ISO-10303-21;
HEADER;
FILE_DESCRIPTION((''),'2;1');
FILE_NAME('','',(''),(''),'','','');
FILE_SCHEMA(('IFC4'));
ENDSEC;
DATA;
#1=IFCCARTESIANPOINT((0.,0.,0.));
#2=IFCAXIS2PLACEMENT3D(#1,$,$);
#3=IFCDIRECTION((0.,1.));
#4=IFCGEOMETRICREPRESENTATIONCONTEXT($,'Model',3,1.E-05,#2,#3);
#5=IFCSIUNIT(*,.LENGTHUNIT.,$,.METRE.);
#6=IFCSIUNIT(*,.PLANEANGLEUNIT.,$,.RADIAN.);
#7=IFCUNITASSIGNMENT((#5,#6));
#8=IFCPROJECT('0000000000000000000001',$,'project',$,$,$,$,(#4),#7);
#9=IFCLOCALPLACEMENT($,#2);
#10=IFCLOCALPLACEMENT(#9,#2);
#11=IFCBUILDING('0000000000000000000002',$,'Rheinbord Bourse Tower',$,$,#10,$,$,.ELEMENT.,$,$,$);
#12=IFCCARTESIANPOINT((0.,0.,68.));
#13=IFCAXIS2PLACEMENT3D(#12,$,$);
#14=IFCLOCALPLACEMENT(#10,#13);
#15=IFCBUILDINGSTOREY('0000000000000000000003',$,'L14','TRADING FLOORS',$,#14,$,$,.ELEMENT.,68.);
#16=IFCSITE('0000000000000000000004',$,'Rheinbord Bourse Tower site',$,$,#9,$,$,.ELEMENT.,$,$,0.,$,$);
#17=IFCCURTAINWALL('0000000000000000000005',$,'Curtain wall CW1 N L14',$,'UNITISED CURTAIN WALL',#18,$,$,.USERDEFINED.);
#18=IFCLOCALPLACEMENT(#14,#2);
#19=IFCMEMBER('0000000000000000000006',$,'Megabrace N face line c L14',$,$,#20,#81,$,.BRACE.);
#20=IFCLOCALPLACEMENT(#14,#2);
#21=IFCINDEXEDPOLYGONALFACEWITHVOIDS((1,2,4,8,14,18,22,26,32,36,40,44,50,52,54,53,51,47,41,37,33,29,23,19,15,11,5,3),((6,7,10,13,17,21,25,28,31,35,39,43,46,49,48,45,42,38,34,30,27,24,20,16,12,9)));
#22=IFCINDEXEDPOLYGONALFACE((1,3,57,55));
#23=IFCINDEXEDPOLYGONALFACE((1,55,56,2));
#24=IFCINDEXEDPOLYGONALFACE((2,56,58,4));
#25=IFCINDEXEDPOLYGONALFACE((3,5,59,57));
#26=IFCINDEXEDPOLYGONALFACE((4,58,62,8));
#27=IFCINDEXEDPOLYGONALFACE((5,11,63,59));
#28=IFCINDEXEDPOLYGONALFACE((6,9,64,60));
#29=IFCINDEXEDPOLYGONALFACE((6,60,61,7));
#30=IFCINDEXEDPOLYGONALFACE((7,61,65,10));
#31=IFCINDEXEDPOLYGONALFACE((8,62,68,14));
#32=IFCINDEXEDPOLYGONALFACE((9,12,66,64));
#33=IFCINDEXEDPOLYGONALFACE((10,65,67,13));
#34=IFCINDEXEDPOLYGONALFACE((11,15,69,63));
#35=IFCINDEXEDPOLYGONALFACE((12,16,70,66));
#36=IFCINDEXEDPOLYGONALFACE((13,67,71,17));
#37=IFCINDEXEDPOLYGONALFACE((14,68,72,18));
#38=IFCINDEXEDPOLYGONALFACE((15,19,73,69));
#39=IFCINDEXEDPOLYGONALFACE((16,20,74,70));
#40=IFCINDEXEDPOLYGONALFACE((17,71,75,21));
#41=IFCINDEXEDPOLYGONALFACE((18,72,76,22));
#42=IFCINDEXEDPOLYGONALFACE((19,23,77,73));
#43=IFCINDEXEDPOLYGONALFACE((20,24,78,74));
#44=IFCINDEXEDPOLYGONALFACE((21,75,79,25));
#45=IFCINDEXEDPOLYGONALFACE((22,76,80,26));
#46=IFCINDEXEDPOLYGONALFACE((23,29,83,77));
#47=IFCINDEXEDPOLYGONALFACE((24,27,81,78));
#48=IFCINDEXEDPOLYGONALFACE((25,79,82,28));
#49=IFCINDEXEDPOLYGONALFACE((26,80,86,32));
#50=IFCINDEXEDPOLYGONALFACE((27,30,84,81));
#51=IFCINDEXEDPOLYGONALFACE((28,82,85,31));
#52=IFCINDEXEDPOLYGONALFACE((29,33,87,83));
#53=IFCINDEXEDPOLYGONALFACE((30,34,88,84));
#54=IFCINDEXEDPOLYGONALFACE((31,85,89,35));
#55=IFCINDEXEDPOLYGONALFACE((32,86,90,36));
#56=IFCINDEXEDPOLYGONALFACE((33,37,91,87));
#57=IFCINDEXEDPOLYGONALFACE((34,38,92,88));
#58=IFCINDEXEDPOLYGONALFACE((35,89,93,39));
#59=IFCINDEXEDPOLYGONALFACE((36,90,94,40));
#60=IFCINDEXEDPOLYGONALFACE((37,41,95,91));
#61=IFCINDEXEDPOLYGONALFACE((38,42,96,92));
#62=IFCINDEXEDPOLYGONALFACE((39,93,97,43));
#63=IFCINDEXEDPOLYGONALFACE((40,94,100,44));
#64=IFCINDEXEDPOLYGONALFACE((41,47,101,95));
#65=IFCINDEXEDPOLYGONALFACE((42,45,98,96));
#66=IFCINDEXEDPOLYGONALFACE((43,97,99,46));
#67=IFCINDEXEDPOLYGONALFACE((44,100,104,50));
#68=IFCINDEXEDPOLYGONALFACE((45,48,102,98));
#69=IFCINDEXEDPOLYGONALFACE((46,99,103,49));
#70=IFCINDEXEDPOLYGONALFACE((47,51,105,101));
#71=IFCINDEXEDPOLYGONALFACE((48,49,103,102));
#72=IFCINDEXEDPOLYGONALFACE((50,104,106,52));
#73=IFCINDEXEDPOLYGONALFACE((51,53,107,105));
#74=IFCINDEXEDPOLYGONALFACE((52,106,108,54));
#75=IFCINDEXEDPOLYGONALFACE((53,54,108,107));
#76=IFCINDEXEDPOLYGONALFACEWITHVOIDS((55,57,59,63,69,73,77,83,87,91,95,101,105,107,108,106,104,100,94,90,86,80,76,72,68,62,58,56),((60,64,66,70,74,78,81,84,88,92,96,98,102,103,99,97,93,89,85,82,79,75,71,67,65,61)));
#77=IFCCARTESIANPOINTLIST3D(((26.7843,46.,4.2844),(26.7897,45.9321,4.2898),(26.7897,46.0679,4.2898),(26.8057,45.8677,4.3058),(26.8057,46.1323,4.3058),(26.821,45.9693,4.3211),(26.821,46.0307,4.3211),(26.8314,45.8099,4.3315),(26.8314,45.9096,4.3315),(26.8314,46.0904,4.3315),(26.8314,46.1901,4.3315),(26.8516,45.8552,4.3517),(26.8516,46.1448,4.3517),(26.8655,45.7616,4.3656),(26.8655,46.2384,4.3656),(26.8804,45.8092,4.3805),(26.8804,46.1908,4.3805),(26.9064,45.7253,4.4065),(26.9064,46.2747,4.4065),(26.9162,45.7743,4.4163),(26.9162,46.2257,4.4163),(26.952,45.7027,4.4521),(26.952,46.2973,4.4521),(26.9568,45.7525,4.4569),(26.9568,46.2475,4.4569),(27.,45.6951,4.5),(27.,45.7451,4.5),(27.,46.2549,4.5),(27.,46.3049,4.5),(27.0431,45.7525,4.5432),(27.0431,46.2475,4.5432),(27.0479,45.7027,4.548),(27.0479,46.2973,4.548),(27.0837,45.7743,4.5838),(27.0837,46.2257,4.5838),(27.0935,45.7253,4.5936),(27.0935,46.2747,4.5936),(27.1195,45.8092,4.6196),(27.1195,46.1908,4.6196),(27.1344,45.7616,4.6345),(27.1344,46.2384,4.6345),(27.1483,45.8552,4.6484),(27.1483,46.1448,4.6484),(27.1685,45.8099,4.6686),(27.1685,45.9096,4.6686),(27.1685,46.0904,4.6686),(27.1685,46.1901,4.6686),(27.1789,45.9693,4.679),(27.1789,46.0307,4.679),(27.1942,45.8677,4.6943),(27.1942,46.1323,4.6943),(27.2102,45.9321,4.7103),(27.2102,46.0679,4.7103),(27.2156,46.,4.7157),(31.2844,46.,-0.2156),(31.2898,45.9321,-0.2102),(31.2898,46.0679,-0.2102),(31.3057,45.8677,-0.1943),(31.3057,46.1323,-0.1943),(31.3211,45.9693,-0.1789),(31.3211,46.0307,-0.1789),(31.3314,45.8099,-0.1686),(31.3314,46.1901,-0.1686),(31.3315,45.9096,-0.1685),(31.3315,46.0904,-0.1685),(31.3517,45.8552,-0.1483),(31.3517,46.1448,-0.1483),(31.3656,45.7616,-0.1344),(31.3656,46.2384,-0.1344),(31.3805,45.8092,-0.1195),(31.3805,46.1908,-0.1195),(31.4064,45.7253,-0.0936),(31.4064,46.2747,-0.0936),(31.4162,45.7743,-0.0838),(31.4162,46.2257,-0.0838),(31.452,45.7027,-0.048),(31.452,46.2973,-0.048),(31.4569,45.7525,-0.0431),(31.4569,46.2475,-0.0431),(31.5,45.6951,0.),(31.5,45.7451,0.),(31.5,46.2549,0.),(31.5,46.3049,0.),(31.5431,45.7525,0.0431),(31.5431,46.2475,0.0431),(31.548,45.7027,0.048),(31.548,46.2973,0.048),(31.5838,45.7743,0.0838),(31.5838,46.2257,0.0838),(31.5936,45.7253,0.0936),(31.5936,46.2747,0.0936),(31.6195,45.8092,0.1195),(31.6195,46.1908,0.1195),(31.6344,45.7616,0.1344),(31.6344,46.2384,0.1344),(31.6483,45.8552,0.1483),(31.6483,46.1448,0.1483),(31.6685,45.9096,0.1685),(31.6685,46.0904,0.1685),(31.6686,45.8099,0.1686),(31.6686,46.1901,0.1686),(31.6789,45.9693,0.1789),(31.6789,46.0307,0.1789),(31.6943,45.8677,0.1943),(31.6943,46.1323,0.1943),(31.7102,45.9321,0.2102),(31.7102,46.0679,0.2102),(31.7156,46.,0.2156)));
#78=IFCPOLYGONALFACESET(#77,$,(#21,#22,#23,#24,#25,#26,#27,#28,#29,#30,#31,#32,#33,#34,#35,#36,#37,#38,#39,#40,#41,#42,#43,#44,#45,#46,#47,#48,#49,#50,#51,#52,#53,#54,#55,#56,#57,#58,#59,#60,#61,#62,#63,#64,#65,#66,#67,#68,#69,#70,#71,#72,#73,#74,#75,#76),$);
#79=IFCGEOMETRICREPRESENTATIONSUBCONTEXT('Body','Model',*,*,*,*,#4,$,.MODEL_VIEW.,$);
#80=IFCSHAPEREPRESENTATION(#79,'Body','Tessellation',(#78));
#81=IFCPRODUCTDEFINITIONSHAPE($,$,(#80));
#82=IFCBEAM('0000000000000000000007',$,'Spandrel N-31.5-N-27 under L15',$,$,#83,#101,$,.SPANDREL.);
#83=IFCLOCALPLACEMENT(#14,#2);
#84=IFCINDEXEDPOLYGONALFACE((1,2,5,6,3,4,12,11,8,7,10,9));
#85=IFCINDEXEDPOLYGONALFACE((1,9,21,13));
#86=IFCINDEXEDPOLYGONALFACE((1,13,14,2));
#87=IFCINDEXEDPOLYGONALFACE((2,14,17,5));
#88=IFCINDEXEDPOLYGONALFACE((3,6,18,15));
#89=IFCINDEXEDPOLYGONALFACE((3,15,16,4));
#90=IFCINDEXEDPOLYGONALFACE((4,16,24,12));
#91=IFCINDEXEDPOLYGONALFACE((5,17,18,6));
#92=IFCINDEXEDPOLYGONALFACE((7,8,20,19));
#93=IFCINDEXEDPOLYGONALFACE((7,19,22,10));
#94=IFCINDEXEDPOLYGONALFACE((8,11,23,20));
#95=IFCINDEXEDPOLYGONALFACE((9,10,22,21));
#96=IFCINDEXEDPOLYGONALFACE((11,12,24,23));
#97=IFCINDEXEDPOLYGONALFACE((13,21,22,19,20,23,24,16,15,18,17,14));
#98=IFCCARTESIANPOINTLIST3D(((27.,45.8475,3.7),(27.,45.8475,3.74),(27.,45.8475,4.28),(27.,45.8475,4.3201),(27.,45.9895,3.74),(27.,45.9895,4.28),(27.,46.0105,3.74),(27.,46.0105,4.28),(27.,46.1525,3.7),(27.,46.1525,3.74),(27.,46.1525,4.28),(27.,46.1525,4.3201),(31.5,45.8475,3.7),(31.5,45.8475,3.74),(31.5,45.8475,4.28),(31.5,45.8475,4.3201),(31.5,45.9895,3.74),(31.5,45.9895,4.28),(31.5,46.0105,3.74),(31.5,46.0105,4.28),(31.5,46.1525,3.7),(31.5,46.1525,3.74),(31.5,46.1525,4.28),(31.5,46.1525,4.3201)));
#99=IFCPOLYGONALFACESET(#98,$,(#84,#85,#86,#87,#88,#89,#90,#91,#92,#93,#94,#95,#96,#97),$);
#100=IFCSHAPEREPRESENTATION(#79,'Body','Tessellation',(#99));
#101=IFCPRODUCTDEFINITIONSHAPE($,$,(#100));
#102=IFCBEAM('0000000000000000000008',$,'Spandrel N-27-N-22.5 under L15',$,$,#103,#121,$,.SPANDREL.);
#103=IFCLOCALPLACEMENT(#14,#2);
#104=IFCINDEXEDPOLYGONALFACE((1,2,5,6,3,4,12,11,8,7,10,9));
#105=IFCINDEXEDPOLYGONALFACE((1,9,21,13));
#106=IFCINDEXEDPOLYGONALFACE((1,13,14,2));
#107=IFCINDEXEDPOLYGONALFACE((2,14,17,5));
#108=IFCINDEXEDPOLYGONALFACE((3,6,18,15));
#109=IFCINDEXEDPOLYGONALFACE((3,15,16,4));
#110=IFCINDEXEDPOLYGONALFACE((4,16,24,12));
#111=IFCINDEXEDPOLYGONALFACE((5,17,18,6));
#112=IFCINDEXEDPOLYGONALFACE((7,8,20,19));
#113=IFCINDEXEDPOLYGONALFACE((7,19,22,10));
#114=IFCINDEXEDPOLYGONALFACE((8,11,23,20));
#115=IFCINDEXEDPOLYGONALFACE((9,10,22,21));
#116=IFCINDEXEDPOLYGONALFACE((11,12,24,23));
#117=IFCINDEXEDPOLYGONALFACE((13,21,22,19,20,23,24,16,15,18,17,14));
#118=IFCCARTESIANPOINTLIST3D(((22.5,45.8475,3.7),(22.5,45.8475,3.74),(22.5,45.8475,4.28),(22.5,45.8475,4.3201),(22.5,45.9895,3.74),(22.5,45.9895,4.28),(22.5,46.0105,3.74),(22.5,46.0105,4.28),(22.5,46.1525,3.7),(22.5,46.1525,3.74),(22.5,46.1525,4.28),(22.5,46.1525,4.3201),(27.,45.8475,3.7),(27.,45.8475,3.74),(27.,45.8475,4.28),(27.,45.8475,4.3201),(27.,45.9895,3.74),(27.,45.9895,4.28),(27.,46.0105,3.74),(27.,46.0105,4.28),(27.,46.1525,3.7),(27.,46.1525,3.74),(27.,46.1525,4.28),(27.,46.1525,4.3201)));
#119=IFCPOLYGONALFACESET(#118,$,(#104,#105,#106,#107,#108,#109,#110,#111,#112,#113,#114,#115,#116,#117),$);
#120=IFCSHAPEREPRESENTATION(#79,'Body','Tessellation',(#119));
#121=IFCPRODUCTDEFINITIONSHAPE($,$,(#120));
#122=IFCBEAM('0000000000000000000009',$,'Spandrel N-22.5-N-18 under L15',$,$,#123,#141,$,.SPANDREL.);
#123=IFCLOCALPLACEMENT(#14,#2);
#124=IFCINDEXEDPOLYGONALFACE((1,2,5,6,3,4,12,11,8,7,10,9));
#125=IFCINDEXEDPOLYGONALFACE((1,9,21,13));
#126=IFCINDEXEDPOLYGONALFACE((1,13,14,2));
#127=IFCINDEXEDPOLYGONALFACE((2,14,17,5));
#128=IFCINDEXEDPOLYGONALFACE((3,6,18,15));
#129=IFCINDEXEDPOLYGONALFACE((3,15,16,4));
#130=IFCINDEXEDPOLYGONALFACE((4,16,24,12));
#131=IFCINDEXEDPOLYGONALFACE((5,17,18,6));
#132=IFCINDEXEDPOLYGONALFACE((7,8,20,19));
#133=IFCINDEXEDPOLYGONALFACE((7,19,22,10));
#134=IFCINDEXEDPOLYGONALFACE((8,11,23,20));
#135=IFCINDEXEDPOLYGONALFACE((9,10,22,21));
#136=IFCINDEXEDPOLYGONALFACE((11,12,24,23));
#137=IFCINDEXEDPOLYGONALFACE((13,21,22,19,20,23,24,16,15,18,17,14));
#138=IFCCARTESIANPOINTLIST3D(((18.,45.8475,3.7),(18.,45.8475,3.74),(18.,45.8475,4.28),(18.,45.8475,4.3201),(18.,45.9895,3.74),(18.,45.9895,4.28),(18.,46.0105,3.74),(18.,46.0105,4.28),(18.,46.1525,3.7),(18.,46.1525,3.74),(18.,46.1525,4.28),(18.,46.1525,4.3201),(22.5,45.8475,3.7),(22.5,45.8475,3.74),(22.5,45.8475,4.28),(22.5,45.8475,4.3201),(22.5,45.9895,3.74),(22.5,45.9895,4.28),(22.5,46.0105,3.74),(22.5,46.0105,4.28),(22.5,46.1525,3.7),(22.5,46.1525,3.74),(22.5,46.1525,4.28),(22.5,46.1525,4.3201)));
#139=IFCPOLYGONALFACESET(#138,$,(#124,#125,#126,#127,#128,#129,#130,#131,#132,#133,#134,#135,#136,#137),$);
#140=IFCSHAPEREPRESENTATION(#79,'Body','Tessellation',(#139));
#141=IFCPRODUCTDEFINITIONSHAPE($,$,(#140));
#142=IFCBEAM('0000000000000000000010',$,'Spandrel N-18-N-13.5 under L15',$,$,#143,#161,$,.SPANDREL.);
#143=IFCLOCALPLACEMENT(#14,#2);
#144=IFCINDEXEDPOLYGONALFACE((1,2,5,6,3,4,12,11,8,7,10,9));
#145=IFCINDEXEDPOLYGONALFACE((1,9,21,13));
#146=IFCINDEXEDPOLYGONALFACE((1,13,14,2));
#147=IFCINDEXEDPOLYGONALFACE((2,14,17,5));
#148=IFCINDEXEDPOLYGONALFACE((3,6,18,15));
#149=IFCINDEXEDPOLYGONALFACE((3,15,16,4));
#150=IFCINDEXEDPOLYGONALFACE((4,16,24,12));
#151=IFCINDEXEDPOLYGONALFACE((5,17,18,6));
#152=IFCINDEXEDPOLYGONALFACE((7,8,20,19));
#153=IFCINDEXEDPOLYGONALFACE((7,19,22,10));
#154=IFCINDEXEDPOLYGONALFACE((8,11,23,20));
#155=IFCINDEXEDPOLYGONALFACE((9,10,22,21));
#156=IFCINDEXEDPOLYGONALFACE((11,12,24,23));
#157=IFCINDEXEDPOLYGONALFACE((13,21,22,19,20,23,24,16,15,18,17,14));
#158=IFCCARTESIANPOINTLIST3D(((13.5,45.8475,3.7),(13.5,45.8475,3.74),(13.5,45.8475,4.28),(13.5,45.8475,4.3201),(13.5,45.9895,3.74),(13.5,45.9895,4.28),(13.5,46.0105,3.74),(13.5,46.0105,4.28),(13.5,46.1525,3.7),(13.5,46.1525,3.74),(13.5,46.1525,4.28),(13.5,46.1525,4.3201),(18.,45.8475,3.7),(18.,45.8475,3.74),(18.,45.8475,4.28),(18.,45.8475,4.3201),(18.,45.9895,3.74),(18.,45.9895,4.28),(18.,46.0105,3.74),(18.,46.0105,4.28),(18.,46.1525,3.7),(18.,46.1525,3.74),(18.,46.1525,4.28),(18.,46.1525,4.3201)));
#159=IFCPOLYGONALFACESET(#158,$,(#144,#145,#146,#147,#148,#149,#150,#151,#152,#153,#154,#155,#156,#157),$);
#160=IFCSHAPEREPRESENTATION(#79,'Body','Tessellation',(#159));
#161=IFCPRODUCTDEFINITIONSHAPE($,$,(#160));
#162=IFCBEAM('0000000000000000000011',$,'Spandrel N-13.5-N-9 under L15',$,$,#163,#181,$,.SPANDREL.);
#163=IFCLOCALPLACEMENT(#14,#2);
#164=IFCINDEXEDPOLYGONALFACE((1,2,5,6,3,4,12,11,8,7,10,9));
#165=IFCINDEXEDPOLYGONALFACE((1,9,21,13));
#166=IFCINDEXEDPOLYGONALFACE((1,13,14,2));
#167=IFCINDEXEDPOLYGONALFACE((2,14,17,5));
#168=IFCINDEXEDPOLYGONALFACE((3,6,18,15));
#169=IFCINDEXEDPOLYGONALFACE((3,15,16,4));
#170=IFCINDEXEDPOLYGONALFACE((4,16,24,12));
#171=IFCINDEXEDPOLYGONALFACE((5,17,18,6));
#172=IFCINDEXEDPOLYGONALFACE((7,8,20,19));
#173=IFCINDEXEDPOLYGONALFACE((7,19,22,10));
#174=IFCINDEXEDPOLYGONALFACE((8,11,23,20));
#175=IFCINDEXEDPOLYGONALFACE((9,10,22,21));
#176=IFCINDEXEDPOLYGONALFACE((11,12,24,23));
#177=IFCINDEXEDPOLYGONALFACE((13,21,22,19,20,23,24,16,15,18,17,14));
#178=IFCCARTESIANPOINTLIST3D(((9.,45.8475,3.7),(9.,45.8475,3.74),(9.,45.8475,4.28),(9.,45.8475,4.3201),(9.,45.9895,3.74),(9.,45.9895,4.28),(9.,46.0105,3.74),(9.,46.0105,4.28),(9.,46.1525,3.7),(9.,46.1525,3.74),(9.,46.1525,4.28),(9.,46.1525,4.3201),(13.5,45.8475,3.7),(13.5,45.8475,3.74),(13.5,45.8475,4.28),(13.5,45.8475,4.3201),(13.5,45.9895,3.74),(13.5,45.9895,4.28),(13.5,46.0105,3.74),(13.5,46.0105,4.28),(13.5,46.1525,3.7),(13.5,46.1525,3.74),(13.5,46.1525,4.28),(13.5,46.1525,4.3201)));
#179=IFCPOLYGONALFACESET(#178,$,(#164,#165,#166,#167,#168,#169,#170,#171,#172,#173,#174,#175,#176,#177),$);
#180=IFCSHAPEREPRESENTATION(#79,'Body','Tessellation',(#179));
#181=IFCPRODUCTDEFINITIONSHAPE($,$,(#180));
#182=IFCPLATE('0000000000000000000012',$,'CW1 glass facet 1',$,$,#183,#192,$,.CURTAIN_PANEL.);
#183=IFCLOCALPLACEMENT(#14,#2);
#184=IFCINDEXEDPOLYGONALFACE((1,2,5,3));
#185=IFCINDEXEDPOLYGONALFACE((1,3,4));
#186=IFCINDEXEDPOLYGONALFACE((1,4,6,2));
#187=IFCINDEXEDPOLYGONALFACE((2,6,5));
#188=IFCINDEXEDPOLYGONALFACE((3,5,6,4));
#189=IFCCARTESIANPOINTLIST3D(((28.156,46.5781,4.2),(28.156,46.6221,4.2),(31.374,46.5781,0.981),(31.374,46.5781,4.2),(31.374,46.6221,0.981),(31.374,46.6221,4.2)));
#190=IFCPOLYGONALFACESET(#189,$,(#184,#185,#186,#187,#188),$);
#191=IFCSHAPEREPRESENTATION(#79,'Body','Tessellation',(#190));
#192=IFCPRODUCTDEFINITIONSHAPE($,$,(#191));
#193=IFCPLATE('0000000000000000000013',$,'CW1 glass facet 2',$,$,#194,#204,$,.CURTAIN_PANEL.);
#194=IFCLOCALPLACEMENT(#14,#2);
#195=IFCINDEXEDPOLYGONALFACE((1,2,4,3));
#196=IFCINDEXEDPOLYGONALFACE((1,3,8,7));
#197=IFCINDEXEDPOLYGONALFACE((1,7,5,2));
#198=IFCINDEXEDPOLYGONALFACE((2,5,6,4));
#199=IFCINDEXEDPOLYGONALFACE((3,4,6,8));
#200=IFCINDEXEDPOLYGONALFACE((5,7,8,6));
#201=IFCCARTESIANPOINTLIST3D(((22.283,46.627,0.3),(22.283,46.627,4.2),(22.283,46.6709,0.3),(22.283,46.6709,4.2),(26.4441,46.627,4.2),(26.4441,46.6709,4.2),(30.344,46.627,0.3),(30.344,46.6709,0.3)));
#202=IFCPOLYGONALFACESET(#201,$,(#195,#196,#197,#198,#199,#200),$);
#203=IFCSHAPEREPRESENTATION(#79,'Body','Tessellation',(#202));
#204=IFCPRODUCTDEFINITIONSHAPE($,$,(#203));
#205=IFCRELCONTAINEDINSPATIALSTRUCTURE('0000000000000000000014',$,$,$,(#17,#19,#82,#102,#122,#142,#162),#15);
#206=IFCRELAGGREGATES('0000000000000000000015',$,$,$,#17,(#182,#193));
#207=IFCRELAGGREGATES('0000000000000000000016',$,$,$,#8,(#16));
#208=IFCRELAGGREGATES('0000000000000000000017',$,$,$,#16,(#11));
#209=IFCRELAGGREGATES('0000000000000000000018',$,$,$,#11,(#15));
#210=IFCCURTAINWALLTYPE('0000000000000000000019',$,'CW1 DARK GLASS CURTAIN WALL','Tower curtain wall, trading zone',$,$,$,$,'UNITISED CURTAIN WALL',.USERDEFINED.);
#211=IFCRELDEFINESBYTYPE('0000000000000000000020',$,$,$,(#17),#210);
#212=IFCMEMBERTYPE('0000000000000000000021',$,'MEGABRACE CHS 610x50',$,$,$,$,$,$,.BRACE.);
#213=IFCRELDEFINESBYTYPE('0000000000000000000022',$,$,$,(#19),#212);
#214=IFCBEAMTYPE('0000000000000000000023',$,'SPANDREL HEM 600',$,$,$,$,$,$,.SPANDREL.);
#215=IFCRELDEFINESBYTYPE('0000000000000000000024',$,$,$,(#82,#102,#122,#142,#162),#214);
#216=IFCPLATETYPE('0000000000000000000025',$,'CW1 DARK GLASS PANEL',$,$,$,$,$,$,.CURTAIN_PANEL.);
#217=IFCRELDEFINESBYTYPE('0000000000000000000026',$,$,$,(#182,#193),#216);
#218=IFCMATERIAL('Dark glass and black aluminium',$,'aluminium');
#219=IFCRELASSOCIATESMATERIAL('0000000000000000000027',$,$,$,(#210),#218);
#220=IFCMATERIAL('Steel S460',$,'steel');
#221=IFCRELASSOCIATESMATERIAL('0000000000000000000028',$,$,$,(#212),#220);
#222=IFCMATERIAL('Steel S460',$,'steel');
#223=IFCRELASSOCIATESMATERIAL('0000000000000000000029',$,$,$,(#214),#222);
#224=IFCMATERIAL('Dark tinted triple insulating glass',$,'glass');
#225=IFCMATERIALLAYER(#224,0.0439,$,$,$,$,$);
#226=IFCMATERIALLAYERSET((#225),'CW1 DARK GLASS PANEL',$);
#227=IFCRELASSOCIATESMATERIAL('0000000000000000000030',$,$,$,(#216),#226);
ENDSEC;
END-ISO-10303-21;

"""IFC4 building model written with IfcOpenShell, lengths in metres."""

from ifc_helpers import new_model, si_unit, direction, frame, origin, origin_2d, place, context, subcontext, project, spatial, polyline, hollow_circle, i_section, outline, extrude, material, layer, layer_set, material_profile, profile_set, type_object, element, aggregate, save


model = new_model("IFC4")

# Units and contexts
model_context = context("Model", 3, precision=1e-05, world=origin(), true_north=direction((0.0, 1.0)))
body_context = subcontext(model_context, "Body", "Model", "MODEL_VIEW")
ifc_project = project(units=[si_unit("LENGTHUNIT", "METRE"), si_unit("PLANEANGLEUNIT", "RADIAN")], contexts=[model_context])

# Site, building, storey
site_placement = place(None, origin())
site = spatial("IfcSite", under=ifc_project, at=site_placement, Name="Rheinbord Bourse Tower site", CompositionType="ELEMENT", RefElevation=0.0)
building_placement = place(site_placement, origin())
building = spatial("IfcBuilding", under=site, at=building_placement, Name="Rheinbord Bourse Tower", CompositionType="ELEMENT")
storey_placement = place(building_placement, frame((0.0, 0.0, 68.0)))
storey = spatial("IfcBuildingStorey", under=building, at=storey_placement, Name="L14", Description="TRADING FLOORS", CompositionType="ELEMENT", Elevation=68.0)

# Curtain wall
ifc_material_1 = material(Name="Dark glass and black aluminium", Category="aluminium")
curtain_wall_type = type_object("IfcCurtainWallType", Name="CW1 DARK GLASS CURTAIN WALL", Description="Tower curtain wall, trading zone", ElementType="UNITISED CURTAIN WALL", PredefinedType="USERDEFINED", material=ifc_material_1)
curtain_wall_placement = place(storey_placement, origin())
curtain_wall = element("IfcCurtainWall", 1, at=curtain_wall_placement, inside=storey, type_object=curtain_wall_type, Name="Curtain wall CW1 N L14", ObjectType="UNITISED CURTAIN WALL", PredefinedType="USERDEFINED")

# Member
ifc_material_2 = material(Name="Steel S460", Category="steel")
ifc_material_profile_1 = material_profile(ifc_material_2, hollow_circle(Radius=0.3049, WallThickness=0.05, at=origin_2d()), Name="CHS 610x50")
ifc_profile_set_1 = profile_set([ifc_material_profile_1], Name="Steel S460")
member_type_1 = type_object("IfcMemberType", Name="MEGABRACE CHS 610x50", PredefinedType="BRACE", material=ifc_profile_set_1)
member_1_placement = place(storey_placement, frame((31.5, 46.0, 0.0), z_axis=(-0.707107, 0.0, 0.707107), x_axis=(0.0, -1.0, 0.0)))
element("IfcMember", 2, at=member_1_placement, inside=storey, type_object=member_type_1, Name="Megabrace N face line c L14", PredefinedType="BRACE", context=body_context, shape_type="SweptSolid", body=[
    extrude(hollow_circle(Radius=0.3049, WallThickness=0.05, at=origin_2d()), origin(), (0.0, 0.0, 1.0), 6.364),
])

# Beams
ifc_material_3 = material(Name="Steel S460", Category="steel")
ifc_material_profile_2 = material_profile(ifc_material_3, i_section(OverallWidth=0.3049, OverallDepth=0.6201, WebThickness=0.021, FlangeThickness=0.04, at=origin_2d()), Name="HEM 600")
ifc_profile_set_2 = profile_set([ifc_material_profile_2], Name="Steel S460")
beam_type_1 = type_object("IfcBeamType", Name="SPANDREL HEM 600", PredefinedType="SPANDREL", material=ifc_profile_set_2)
for number, where, z_axis, x_axis, name in (
    (3, (31.5, 46.0, 4.01), (-1.0, 0.0, 0.0), (0.0, -1.0, 0.0), "Spandrel N-31.5-N-27 under L15"),
    (4, (27.0, 46.0, 4.01), (-1.0, 0.0, 0.0), (0.0, -1.0, 0.0), "Spandrel N-27-N-22.5 under L15"),
    (5, (22.5, 46.0, 4.01), (-1.0, 0.0, 0.0), (0.0, -1.0, 0.0), "Spandrel N-22.5-N-18 under L15"),
    (6, (18.0, 46.0, 4.01), (-1.0, 0.0, 0.0), (0.0, -1.0, 0.0), "Spandrel N-18-N-13.5 under L15"),
    (7, (13.5, 46.0, 4.01), (-1.0, 0.0, 0.0), (0.0, -1.0, 0.0), "Spandrel N-13.5-N-9 under L15"),
):
    element("IfcBeam", number, at=place(storey_placement, frame(where, z_axis=z_axis, x_axis=x_axis)), inside=storey, type_object=beam_type_1, Name=name, PredefinedType="SPANDREL", context=body_context, shape_type="SweptSolid", body=[
        extrude(i_section(OverallWidth=0.3049, OverallDepth=0.6201, WebThickness=0.021, FlangeThickness=0.04, at=origin_2d()), origin(), (0.0, 0.0, 1.0), 4.5),
    ])

# Plates
ifc_material_4 = material(Name="Dark tinted triple insulating glass", Category="glass")
ifc_layer = layer(ifc_material_4, 0.0439)
ifc_layer_set = layer_set([ifc_layer], Name="CW1 DARK GLASS PANEL")
plate_type = type_object("IfcPlateType", Name="CW1 DARK GLASS PANEL", PredefinedType="CURTAIN_PANEL", material=ifc_layer_set)
plate_1_placement = place(storey_placement, frame((31.374, 46.6221, 4.2), z_axis=(0.0, -1.0, 0.0), x_axis=(-1.0, 0.0, 0.0)))
plate_1 = element("IfcPlate", 8, at=plate_1_placement, type_object=plate_type, Name="CW1 glass facet 1", PredefinedType="CURTAIN_PANEL", context=body_context, shape_type="SweptSolid", body=[
    extrude(outline(polyline([(0.0, 0.0), (3.218, 0.0), (0.0, 3.219), (0.0, 0.0)])), origin(), (0.0, 0.0, 1.0), 0.0439),
])
plate_2_placement = place(storey_placement, frame((22.283, 46.6709, 4.2), z_axis=(0.0, -1.0, 0.0), x_axis=(0.0, 0.0, -1.0)))
plate_2 = element("IfcPlate", 9, at=plate_2_placement, type_object=plate_type, Name="CW1 glass facet 2", PredefinedType="CURTAIN_PANEL", context=body_context, shape_type="SweptSolid", body=[
    extrude(outline(polyline([(0.0, 0.0), (3.8999, 0.0), (3.8999, 8.061), (0.0, 4.1611), (0.0, 0.0)])), origin(), (0.0, 0.0, 1.0), 0.0439),
])
aggregate(curtain_wall, [plate_1, plate_2])

save(model, "model.ifc")
